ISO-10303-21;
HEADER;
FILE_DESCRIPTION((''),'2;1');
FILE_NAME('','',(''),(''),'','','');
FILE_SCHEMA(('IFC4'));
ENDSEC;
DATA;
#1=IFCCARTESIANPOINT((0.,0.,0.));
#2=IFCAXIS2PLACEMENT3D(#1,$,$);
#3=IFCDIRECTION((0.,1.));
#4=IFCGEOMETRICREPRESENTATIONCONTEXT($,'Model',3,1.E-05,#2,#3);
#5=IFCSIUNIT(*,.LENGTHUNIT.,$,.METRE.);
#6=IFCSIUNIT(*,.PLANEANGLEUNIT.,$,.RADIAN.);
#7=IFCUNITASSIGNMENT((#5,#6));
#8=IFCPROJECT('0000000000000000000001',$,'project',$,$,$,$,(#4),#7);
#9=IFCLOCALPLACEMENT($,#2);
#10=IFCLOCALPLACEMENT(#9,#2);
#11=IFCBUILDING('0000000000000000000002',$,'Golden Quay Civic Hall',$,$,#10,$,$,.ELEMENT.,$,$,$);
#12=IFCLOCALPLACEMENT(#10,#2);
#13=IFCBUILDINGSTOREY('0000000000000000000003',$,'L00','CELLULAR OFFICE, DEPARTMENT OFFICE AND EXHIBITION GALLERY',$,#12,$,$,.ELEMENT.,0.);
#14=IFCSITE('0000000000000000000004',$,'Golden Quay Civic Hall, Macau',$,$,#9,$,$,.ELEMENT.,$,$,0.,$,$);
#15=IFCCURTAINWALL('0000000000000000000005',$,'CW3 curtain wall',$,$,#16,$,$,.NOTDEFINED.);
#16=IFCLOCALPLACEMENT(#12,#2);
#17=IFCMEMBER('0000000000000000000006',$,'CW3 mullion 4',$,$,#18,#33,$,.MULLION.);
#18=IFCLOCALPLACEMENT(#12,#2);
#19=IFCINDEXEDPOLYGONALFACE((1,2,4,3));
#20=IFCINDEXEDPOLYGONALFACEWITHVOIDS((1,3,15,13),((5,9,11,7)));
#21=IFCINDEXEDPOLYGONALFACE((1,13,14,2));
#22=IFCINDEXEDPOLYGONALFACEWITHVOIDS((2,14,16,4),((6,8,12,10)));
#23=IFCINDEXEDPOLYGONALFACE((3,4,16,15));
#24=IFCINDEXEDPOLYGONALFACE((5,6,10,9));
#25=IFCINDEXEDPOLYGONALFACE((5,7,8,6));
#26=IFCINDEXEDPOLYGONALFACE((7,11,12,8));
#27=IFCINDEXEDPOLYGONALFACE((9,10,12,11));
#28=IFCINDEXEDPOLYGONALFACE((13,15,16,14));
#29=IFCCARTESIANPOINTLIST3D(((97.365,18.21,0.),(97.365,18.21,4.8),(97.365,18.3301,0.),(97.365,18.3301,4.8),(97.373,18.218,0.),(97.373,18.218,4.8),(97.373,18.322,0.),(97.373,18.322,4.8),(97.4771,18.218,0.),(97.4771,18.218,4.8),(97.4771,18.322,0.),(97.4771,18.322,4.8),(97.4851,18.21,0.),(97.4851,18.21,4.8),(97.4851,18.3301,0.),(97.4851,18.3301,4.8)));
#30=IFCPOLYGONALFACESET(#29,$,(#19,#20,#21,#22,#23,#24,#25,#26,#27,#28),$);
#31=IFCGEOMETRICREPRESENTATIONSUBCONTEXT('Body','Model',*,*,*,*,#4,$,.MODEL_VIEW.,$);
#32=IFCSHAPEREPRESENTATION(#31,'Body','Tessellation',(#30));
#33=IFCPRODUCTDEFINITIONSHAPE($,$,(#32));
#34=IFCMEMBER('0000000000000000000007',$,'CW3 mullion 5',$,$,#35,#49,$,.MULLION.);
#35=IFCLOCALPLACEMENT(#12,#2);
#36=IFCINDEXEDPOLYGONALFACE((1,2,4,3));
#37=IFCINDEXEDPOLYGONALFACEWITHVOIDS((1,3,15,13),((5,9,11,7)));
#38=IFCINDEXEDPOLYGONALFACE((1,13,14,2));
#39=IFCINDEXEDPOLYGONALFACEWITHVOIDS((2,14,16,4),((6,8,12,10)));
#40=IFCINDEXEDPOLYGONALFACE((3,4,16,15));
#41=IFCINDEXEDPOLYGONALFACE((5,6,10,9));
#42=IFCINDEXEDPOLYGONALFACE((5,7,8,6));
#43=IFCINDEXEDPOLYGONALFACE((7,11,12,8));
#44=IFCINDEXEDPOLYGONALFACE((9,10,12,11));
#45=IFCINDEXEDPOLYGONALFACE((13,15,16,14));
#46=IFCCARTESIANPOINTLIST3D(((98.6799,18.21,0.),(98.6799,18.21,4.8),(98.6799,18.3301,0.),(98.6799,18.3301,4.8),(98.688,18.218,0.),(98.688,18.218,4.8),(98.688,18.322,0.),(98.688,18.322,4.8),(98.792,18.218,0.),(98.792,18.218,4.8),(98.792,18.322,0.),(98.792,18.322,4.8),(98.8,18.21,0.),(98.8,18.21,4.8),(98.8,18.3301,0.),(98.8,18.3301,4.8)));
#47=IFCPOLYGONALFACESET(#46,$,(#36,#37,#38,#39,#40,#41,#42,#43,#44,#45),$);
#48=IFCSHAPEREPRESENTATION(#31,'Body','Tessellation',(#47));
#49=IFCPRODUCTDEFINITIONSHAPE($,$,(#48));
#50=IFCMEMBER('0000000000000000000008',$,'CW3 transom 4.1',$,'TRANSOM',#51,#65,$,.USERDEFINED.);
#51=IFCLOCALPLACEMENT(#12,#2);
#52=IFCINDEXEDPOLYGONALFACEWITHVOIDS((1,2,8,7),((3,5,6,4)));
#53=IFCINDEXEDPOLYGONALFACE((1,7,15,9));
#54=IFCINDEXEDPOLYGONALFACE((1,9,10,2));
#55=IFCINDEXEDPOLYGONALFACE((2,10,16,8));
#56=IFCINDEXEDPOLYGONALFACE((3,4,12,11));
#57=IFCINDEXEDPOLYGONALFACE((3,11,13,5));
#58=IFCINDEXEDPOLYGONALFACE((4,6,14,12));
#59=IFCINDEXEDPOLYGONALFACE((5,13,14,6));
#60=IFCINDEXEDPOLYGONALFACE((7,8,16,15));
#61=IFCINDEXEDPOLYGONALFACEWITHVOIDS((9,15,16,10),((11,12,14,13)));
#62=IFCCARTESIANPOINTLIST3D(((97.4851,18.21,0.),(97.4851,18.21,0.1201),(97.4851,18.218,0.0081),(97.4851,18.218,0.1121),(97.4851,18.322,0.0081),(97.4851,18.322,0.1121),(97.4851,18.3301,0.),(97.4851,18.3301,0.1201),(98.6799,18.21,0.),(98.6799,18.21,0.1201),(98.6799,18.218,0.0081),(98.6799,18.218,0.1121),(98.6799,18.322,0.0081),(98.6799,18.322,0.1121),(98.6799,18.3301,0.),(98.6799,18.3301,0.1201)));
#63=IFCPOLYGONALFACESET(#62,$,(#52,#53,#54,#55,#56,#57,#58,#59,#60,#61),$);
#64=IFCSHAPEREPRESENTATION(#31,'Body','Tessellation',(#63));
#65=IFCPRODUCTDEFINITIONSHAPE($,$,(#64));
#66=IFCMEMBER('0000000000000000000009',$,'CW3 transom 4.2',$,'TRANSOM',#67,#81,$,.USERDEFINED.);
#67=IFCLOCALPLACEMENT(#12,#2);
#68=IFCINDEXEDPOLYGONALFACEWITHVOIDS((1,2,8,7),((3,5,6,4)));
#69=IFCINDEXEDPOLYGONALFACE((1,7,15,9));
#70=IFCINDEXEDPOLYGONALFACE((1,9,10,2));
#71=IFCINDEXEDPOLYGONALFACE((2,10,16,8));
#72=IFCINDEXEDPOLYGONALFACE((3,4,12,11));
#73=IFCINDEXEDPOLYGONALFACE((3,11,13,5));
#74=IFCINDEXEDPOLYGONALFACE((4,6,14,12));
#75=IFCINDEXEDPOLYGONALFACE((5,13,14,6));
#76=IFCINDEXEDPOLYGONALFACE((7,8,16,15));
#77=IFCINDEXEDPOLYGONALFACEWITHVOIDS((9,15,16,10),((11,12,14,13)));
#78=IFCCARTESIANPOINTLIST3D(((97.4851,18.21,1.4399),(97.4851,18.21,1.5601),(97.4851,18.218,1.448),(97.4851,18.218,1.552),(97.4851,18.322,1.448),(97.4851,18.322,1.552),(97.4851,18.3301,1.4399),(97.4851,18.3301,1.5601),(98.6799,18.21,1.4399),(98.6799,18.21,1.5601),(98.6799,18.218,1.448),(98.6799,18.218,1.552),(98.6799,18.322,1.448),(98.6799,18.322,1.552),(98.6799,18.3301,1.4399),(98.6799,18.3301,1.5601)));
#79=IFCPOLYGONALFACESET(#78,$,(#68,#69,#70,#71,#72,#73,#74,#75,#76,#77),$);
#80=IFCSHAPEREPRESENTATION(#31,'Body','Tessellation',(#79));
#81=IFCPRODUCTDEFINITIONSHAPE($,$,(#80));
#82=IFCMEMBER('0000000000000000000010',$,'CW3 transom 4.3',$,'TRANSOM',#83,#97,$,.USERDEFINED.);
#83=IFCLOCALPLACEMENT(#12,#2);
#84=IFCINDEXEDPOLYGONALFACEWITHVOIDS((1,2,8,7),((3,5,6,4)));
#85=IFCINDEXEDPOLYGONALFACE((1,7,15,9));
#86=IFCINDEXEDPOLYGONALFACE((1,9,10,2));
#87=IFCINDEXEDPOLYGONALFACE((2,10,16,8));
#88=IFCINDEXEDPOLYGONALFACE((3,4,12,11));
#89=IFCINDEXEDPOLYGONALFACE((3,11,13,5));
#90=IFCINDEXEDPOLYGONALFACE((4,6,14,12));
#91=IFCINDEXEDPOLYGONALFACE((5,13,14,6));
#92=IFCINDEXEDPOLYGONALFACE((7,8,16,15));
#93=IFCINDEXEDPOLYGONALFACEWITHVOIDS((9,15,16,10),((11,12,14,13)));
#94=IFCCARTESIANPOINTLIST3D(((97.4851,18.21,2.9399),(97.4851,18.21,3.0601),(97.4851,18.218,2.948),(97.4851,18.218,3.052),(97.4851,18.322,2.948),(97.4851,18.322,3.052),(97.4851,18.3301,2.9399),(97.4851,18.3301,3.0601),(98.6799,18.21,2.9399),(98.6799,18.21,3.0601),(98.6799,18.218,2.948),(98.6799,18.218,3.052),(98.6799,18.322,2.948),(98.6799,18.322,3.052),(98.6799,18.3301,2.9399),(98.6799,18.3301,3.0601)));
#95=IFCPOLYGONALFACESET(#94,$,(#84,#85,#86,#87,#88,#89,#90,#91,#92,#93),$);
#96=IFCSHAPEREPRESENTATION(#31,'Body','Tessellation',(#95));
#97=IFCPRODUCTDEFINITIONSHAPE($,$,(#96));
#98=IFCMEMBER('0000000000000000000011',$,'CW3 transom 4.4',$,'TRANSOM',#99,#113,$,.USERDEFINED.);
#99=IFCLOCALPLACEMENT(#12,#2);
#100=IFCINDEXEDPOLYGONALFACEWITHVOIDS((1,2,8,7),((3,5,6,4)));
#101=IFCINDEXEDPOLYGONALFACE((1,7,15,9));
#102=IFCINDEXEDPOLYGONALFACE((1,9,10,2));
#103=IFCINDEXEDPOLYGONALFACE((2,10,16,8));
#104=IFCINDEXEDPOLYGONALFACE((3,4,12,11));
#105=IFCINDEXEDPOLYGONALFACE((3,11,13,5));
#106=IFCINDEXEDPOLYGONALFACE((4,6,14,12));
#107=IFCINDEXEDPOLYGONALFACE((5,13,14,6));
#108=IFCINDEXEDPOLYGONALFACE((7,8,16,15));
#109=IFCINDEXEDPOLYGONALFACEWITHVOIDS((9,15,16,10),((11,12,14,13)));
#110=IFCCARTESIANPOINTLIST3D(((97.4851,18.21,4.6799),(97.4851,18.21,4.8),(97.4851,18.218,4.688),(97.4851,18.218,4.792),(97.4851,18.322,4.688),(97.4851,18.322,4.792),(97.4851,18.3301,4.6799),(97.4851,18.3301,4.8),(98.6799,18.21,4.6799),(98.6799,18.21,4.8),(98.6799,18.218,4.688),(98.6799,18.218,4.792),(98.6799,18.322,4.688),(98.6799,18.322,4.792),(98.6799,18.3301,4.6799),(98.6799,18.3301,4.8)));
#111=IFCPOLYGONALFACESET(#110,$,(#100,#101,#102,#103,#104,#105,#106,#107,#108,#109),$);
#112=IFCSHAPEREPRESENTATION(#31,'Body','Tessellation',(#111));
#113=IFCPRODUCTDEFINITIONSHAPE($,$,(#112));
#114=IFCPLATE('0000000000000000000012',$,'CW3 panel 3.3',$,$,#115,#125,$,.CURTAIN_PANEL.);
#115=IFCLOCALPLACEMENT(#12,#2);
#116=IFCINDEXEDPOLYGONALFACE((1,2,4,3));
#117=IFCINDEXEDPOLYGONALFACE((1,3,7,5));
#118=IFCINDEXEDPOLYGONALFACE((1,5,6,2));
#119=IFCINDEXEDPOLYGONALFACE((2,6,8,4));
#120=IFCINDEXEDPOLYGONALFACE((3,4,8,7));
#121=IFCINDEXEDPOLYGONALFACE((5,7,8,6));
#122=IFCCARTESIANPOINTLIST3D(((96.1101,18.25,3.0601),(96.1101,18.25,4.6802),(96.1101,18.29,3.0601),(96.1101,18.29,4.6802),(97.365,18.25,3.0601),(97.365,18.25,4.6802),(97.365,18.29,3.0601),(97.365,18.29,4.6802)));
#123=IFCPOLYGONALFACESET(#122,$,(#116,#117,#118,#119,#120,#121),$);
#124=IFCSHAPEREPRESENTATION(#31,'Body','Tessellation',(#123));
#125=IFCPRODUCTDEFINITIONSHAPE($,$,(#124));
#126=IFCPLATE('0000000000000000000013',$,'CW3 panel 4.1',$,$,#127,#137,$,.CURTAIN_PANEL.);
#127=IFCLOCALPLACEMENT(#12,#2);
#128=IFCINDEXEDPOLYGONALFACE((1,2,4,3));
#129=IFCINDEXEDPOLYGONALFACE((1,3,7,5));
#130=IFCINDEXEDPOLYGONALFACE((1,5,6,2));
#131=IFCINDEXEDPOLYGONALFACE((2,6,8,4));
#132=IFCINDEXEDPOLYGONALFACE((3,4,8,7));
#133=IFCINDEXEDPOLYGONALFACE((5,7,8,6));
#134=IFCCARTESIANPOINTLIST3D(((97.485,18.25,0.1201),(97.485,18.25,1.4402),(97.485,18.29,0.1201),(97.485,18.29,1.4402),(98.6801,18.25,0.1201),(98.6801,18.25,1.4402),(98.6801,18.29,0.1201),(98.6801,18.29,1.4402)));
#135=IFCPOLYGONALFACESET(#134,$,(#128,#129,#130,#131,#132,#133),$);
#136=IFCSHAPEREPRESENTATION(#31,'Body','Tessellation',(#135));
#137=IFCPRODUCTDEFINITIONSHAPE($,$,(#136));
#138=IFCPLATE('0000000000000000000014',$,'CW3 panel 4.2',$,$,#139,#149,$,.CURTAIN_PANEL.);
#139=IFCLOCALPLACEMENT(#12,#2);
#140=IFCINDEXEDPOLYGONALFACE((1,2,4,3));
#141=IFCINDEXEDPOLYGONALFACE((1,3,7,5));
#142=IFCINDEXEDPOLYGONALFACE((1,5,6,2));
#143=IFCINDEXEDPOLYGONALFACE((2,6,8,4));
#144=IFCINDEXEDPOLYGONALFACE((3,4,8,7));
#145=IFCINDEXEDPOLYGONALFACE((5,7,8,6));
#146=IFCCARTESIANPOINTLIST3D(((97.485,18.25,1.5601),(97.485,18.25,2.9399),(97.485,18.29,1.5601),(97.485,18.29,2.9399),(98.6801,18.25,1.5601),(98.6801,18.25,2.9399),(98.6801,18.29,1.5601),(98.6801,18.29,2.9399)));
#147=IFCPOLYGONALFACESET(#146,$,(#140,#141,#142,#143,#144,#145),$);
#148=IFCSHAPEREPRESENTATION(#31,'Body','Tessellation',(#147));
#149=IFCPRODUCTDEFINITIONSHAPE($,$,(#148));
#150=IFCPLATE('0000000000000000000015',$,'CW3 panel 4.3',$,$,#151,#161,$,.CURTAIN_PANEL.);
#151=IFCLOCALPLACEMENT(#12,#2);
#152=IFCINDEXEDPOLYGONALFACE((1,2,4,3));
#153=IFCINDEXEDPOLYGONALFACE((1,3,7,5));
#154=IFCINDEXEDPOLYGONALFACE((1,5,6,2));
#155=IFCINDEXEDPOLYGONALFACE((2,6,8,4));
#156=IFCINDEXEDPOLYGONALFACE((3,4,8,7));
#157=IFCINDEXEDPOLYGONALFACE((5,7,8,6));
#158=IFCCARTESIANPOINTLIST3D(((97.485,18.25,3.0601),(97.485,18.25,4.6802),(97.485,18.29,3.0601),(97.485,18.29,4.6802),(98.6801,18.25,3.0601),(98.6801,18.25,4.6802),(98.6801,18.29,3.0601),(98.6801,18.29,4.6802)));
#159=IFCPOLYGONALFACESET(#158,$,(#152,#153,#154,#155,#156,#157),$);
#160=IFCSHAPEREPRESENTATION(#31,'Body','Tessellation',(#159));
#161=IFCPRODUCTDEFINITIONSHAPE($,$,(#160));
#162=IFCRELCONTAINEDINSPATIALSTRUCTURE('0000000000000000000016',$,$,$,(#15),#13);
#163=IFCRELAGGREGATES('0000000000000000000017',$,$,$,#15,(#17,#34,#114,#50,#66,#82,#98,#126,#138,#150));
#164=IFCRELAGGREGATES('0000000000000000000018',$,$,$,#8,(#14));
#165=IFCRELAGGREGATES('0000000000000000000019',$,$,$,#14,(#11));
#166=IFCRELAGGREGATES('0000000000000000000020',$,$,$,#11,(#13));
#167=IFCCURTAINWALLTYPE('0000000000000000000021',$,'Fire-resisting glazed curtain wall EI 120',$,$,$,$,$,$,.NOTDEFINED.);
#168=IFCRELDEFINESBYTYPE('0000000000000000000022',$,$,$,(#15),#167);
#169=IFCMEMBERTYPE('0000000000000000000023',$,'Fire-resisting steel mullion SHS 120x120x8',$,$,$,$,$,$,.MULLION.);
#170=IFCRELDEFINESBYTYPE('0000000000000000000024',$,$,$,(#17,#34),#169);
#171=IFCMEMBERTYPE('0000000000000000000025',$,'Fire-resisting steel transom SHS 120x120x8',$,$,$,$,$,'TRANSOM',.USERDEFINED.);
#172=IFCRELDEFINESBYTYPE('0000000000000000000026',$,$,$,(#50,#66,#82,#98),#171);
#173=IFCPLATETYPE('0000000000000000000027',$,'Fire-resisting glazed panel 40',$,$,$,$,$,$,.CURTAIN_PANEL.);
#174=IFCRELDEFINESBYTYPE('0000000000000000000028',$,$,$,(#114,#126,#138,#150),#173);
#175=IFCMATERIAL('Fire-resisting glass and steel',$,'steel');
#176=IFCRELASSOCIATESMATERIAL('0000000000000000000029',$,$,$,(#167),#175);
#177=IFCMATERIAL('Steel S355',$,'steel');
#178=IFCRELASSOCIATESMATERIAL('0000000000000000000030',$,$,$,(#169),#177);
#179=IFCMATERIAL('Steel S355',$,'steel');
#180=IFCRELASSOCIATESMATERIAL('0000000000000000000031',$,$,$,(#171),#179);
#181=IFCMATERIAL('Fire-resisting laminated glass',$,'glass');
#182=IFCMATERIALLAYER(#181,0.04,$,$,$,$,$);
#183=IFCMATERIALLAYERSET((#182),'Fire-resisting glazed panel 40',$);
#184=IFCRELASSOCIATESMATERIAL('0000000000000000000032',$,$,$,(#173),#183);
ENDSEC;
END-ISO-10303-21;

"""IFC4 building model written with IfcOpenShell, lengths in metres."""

from ifc_helpers import new_model, si_unit, direction, frame, origin, origin_2d, place, context, subcontext, project, spatial, rectangle, hollow_rectangle, extrude, material, layer, layer_set, material_profile, profile_set, type_object, element, aggregate, save


model = new_model("IFC4")

# Units and contexts
model_context = context("Model", 3, precision=1e-05, world=origin(), true_north=direction((0.0, 1.0)))
body_context = subcontext(model_context, "Body", "Model", "MODEL_VIEW")
ifc_project = project(units=[si_unit("LENGTHUNIT", "METRE"), si_unit("PLANEANGLEUNIT", "RADIAN")], contexts=[model_context])

# Site, building, storey
site_placement = place(None, origin())
site = spatial("IfcSite", under=ifc_project, at=site_placement, Name="Golden Quay Civic Hall, Macau", CompositionType="ELEMENT", RefElevation=0.0)
building_placement = place(site_placement, origin())
building = spatial("IfcBuilding", under=site, at=building_placement, Name="Golden Quay Civic Hall", CompositionType="ELEMENT")
storey_placement = place(building_placement, origin())
storey = spatial("IfcBuildingStorey", under=building, at=storey_placement, Name="L00", Description="CELLULAR OFFICE, DEPARTMENT OFFICE AND EXHIBITION GALLERY", CompositionType="ELEMENT", Elevation=0.0)

# Curtain wall, members, plates
ifc_material_1 = material(Name="Fire-resisting glass and steel", Category="steel")
curtain_wall_type = type_object("IfcCurtainWallType", Name="Fire-resisting glazed curtain wall EI 120", PredefinedType="NOTDEFINED", material=ifc_material_1)
curtain_wall_placement = place(storey_placement, origin())
curtain_wall = element("IfcCurtainWall", 1, at=curtain_wall_placement, inside=storey, type_object=curtain_wall_type, Name="CW3 curtain wall", PredefinedType="NOTDEFINED")
ifc_material_2 = material(Name="Steel S355", Category="steel")
ifc_material_profile_1 = material_profile(ifc_material_2, hollow_rectangle(XDim=0.1201, YDim=0.1201, WallThickness=0.0081, at=origin_2d()), Name="SHS 120x120x8")
ifc_profile_set_1 = profile_set([ifc_material_profile_1], Name="Steel S355")
member_type_1 = type_object("IfcMemberType", Name="Fire-resisting steel mullion SHS 120x120x8", PredefinedType="MULLION", material=ifc_profile_set_1)
member_1_placement = place(storey_placement, frame((97.425, 18.27, 0.0), z_axis=(0.0, 0.0, 1.0), x_axis=(0.0, 1.0, 0.0)))
member_1 = element("IfcMember", 2, at=member_1_placement, type_object=member_type_1, Name="CW3 mullion 4", PredefinedType="MULLION", context=body_context, shape_type="SweptSolid", body=[
    extrude(hollow_rectangle(XDim=0.1201, YDim=0.1201, WallThickness=0.0081, at=origin_2d()), origin(), (0.0, 0.0, 1.0), 4.8),
])
member_2_placement = place(storey_placement, frame((98.74, 18.27, 0.0), z_axis=(0.0, 0.0, 1.0), x_axis=(0.0, 1.0, 0.0)))
member_2 = element("IfcMember", 3, at=member_2_placement, type_object=member_type_1, Name="CW3 mullion 5", PredefinedType="MULLION", context=body_context, shape_type="SweptSolid", body=[
    extrude(hollow_rectangle(XDim=0.1201, YDim=0.1201, WallThickness=0.0081, at=origin_2d()), origin(), (0.0, 0.0, 1.0), 4.8),
])
ifc_material_3 = material(Name="Steel S355", Category="steel")
ifc_material_profile_2 = material_profile(ifc_material_3, hollow_rectangle(XDim=0.1201, YDim=0.1201, WallThickness=0.0081, at=origin_2d()), Name="SHS 120x120x8")
ifc_profile_set_2 = profile_set([ifc_material_profile_2], Name="Steel S355")
member_type_2 = type_object("IfcMemberType", Name="Fire-resisting steel transom SHS 120x120x8", ElementType="TRANSOM", PredefinedType="USERDEFINED", material=ifc_profile_set_2)
member_3_placement = place(storey_placement, frame((97.4851, 18.27, 0.0601), z_axis=(1.0, 0.0, 0.0), x_axis=(0.0, 1.0, 0.0)))
member_3 = element("IfcMember", 4, at=member_3_placement, type_object=member_type_2, Name="CW3 transom 4.1", ObjectType="TRANSOM", PredefinedType="USERDEFINED", context=body_context, shape_type="SweptSolid", body=[
    extrude(hollow_rectangle(XDim=0.1201, YDim=0.1201, WallThickness=0.0081, at=origin_2d()), origin(), (0.0, 0.0, 1.0), 1.1948),
])
member_4_placement = place(storey_placement, frame((97.4851, 18.27, 1.5), z_axis=(1.0, 0.0, 0.0), x_axis=(0.0, 1.0, 0.0)))
member_4 = element("IfcMember", 5, at=member_4_placement, type_object=member_type_2, Name="CW3 transom 4.2", ObjectType="TRANSOM", PredefinedType="USERDEFINED", context=body_context, shape_type="SweptSolid", body=[
    extrude(hollow_rectangle(XDim=0.1201, YDim=0.1201, WallThickness=0.0081, at=origin_2d()), origin(), (0.0, 0.0, 1.0), 1.1948),
])
member_5_placement = place(storey_placement, frame((97.4851, 18.27, 3.0), z_axis=(1.0, 0.0, 0.0), x_axis=(0.0, 1.0, 0.0)))
member_5 = element("IfcMember", 6, at=member_5_placement, type_object=member_type_2, Name="CW3 transom 4.3", ObjectType="TRANSOM", PredefinedType="USERDEFINED", context=body_context, shape_type="SweptSolid", body=[
    extrude(hollow_rectangle(XDim=0.1201, YDim=0.1201, WallThickness=0.0081, at=origin_2d()), origin(), (0.0, 0.0, 1.0), 1.1948),
])
member_6_placement = place(storey_placement, frame((97.4851, 18.27, 4.74), z_axis=(1.0, 0.0, 0.0), x_axis=(0.0, 1.0, 0.0)))
member_6 = element("IfcMember", 7, at=member_6_placement, type_object=member_type_2, Name="CW3 transom 4.4", ObjectType="TRANSOM", PredefinedType="USERDEFINED", context=body_context, shape_type="SweptSolid", body=[
    extrude(hollow_rectangle(XDim=0.1201, YDim=0.1201, WallThickness=0.0081, at=origin_2d()), origin(), (0.0, 0.0, 1.0), 1.1948),
])
ifc_material_4 = material(Name="Fire-resisting laminated glass", Category="glass")
ifc_layer_1 = layer(ifc_material_4, 0.04)
ifc_layer_set_1 = layer_set([ifc_layer_1], Name="Fire-resisting glazed panel 40")
plate_type = type_object("IfcPlateType", Name="Fire-resisting glazed panel 40", PredefinedType="CURTAIN_PANEL", material=ifc_layer_set_1)
plate_1_placement = place(storey_placement, frame((96.7375, 18.27, 3.0601), z_axis=(0.0, 0.0, 1.0), x_axis=(1.0, 0.0, 0.0)))
plate_1 = element("IfcPlate", 8, at=plate_1_placement, type_object=plate_type, Name="CW3 panel 3.3", PredefinedType="CURTAIN_PANEL", context=body_context, shape_type="SweptSolid", body=[
    extrude(rectangle(XDim=1.2549, YDim=0.04, at=origin_2d()), origin(), (0.0, 0.0, 1.0), 1.6201),
])
plate_2_placement = place(storey_placement, frame((98.0825, 18.27, 0.1201), z_axis=(0.0, 0.0, 1.0), x_axis=(1.0, 0.0, 0.0)))
plate_2 = element("IfcPlate", 9, at=plate_2_placement, type_object=plate_type, Name="CW3 panel 4.1", PredefinedType="CURTAIN_PANEL", context=body_context, shape_type="SweptSolid", body=[
    extrude(rectangle(XDim=1.1951, YDim=0.04, at=origin_2d()), origin(), (0.0, 0.0, 1.0), 1.3201),
])
plate_3_placement = place(storey_placement, frame((98.0825, 18.27, 1.5601), z_axis=(0.0, 0.0, 1.0), x_axis=(1.0, 0.0, 0.0)))
plate_3 = element("IfcPlate", 10, at=plate_3_placement, type_object=plate_type, Name="CW3 panel 4.2", PredefinedType="CURTAIN_PANEL", context=body_context, shape_type="SweptSolid", body=[
    extrude(rectangle(XDim=1.1951, YDim=0.04, at=origin_2d()), origin(), (0.0, 0.0, 1.0), 1.3799),
])
plate_4_placement = place(storey_placement, frame((98.0825, 18.27, 3.0601), z_axis=(0.0, 0.0, 1.0), x_axis=(1.0, 0.0, 0.0)))
plate_4 = element("IfcPlate", 11, at=plate_4_placement, type_object=plate_type, Name="CW3 panel 4.3", PredefinedType="CURTAIN_PANEL", context=body_context, shape_type="SweptSolid", body=[
    extrude(rectangle(XDim=1.1951, YDim=0.04, at=origin_2d()), origin(), (0.0, 0.0, 1.0), 1.6201),
])
aggregate(curtain_wall, [member_1, member_2, plate_1, member_3, member_4, member_5, member_6, plate_2, plate_3, plate_4])

save(model, "model.ifc")
